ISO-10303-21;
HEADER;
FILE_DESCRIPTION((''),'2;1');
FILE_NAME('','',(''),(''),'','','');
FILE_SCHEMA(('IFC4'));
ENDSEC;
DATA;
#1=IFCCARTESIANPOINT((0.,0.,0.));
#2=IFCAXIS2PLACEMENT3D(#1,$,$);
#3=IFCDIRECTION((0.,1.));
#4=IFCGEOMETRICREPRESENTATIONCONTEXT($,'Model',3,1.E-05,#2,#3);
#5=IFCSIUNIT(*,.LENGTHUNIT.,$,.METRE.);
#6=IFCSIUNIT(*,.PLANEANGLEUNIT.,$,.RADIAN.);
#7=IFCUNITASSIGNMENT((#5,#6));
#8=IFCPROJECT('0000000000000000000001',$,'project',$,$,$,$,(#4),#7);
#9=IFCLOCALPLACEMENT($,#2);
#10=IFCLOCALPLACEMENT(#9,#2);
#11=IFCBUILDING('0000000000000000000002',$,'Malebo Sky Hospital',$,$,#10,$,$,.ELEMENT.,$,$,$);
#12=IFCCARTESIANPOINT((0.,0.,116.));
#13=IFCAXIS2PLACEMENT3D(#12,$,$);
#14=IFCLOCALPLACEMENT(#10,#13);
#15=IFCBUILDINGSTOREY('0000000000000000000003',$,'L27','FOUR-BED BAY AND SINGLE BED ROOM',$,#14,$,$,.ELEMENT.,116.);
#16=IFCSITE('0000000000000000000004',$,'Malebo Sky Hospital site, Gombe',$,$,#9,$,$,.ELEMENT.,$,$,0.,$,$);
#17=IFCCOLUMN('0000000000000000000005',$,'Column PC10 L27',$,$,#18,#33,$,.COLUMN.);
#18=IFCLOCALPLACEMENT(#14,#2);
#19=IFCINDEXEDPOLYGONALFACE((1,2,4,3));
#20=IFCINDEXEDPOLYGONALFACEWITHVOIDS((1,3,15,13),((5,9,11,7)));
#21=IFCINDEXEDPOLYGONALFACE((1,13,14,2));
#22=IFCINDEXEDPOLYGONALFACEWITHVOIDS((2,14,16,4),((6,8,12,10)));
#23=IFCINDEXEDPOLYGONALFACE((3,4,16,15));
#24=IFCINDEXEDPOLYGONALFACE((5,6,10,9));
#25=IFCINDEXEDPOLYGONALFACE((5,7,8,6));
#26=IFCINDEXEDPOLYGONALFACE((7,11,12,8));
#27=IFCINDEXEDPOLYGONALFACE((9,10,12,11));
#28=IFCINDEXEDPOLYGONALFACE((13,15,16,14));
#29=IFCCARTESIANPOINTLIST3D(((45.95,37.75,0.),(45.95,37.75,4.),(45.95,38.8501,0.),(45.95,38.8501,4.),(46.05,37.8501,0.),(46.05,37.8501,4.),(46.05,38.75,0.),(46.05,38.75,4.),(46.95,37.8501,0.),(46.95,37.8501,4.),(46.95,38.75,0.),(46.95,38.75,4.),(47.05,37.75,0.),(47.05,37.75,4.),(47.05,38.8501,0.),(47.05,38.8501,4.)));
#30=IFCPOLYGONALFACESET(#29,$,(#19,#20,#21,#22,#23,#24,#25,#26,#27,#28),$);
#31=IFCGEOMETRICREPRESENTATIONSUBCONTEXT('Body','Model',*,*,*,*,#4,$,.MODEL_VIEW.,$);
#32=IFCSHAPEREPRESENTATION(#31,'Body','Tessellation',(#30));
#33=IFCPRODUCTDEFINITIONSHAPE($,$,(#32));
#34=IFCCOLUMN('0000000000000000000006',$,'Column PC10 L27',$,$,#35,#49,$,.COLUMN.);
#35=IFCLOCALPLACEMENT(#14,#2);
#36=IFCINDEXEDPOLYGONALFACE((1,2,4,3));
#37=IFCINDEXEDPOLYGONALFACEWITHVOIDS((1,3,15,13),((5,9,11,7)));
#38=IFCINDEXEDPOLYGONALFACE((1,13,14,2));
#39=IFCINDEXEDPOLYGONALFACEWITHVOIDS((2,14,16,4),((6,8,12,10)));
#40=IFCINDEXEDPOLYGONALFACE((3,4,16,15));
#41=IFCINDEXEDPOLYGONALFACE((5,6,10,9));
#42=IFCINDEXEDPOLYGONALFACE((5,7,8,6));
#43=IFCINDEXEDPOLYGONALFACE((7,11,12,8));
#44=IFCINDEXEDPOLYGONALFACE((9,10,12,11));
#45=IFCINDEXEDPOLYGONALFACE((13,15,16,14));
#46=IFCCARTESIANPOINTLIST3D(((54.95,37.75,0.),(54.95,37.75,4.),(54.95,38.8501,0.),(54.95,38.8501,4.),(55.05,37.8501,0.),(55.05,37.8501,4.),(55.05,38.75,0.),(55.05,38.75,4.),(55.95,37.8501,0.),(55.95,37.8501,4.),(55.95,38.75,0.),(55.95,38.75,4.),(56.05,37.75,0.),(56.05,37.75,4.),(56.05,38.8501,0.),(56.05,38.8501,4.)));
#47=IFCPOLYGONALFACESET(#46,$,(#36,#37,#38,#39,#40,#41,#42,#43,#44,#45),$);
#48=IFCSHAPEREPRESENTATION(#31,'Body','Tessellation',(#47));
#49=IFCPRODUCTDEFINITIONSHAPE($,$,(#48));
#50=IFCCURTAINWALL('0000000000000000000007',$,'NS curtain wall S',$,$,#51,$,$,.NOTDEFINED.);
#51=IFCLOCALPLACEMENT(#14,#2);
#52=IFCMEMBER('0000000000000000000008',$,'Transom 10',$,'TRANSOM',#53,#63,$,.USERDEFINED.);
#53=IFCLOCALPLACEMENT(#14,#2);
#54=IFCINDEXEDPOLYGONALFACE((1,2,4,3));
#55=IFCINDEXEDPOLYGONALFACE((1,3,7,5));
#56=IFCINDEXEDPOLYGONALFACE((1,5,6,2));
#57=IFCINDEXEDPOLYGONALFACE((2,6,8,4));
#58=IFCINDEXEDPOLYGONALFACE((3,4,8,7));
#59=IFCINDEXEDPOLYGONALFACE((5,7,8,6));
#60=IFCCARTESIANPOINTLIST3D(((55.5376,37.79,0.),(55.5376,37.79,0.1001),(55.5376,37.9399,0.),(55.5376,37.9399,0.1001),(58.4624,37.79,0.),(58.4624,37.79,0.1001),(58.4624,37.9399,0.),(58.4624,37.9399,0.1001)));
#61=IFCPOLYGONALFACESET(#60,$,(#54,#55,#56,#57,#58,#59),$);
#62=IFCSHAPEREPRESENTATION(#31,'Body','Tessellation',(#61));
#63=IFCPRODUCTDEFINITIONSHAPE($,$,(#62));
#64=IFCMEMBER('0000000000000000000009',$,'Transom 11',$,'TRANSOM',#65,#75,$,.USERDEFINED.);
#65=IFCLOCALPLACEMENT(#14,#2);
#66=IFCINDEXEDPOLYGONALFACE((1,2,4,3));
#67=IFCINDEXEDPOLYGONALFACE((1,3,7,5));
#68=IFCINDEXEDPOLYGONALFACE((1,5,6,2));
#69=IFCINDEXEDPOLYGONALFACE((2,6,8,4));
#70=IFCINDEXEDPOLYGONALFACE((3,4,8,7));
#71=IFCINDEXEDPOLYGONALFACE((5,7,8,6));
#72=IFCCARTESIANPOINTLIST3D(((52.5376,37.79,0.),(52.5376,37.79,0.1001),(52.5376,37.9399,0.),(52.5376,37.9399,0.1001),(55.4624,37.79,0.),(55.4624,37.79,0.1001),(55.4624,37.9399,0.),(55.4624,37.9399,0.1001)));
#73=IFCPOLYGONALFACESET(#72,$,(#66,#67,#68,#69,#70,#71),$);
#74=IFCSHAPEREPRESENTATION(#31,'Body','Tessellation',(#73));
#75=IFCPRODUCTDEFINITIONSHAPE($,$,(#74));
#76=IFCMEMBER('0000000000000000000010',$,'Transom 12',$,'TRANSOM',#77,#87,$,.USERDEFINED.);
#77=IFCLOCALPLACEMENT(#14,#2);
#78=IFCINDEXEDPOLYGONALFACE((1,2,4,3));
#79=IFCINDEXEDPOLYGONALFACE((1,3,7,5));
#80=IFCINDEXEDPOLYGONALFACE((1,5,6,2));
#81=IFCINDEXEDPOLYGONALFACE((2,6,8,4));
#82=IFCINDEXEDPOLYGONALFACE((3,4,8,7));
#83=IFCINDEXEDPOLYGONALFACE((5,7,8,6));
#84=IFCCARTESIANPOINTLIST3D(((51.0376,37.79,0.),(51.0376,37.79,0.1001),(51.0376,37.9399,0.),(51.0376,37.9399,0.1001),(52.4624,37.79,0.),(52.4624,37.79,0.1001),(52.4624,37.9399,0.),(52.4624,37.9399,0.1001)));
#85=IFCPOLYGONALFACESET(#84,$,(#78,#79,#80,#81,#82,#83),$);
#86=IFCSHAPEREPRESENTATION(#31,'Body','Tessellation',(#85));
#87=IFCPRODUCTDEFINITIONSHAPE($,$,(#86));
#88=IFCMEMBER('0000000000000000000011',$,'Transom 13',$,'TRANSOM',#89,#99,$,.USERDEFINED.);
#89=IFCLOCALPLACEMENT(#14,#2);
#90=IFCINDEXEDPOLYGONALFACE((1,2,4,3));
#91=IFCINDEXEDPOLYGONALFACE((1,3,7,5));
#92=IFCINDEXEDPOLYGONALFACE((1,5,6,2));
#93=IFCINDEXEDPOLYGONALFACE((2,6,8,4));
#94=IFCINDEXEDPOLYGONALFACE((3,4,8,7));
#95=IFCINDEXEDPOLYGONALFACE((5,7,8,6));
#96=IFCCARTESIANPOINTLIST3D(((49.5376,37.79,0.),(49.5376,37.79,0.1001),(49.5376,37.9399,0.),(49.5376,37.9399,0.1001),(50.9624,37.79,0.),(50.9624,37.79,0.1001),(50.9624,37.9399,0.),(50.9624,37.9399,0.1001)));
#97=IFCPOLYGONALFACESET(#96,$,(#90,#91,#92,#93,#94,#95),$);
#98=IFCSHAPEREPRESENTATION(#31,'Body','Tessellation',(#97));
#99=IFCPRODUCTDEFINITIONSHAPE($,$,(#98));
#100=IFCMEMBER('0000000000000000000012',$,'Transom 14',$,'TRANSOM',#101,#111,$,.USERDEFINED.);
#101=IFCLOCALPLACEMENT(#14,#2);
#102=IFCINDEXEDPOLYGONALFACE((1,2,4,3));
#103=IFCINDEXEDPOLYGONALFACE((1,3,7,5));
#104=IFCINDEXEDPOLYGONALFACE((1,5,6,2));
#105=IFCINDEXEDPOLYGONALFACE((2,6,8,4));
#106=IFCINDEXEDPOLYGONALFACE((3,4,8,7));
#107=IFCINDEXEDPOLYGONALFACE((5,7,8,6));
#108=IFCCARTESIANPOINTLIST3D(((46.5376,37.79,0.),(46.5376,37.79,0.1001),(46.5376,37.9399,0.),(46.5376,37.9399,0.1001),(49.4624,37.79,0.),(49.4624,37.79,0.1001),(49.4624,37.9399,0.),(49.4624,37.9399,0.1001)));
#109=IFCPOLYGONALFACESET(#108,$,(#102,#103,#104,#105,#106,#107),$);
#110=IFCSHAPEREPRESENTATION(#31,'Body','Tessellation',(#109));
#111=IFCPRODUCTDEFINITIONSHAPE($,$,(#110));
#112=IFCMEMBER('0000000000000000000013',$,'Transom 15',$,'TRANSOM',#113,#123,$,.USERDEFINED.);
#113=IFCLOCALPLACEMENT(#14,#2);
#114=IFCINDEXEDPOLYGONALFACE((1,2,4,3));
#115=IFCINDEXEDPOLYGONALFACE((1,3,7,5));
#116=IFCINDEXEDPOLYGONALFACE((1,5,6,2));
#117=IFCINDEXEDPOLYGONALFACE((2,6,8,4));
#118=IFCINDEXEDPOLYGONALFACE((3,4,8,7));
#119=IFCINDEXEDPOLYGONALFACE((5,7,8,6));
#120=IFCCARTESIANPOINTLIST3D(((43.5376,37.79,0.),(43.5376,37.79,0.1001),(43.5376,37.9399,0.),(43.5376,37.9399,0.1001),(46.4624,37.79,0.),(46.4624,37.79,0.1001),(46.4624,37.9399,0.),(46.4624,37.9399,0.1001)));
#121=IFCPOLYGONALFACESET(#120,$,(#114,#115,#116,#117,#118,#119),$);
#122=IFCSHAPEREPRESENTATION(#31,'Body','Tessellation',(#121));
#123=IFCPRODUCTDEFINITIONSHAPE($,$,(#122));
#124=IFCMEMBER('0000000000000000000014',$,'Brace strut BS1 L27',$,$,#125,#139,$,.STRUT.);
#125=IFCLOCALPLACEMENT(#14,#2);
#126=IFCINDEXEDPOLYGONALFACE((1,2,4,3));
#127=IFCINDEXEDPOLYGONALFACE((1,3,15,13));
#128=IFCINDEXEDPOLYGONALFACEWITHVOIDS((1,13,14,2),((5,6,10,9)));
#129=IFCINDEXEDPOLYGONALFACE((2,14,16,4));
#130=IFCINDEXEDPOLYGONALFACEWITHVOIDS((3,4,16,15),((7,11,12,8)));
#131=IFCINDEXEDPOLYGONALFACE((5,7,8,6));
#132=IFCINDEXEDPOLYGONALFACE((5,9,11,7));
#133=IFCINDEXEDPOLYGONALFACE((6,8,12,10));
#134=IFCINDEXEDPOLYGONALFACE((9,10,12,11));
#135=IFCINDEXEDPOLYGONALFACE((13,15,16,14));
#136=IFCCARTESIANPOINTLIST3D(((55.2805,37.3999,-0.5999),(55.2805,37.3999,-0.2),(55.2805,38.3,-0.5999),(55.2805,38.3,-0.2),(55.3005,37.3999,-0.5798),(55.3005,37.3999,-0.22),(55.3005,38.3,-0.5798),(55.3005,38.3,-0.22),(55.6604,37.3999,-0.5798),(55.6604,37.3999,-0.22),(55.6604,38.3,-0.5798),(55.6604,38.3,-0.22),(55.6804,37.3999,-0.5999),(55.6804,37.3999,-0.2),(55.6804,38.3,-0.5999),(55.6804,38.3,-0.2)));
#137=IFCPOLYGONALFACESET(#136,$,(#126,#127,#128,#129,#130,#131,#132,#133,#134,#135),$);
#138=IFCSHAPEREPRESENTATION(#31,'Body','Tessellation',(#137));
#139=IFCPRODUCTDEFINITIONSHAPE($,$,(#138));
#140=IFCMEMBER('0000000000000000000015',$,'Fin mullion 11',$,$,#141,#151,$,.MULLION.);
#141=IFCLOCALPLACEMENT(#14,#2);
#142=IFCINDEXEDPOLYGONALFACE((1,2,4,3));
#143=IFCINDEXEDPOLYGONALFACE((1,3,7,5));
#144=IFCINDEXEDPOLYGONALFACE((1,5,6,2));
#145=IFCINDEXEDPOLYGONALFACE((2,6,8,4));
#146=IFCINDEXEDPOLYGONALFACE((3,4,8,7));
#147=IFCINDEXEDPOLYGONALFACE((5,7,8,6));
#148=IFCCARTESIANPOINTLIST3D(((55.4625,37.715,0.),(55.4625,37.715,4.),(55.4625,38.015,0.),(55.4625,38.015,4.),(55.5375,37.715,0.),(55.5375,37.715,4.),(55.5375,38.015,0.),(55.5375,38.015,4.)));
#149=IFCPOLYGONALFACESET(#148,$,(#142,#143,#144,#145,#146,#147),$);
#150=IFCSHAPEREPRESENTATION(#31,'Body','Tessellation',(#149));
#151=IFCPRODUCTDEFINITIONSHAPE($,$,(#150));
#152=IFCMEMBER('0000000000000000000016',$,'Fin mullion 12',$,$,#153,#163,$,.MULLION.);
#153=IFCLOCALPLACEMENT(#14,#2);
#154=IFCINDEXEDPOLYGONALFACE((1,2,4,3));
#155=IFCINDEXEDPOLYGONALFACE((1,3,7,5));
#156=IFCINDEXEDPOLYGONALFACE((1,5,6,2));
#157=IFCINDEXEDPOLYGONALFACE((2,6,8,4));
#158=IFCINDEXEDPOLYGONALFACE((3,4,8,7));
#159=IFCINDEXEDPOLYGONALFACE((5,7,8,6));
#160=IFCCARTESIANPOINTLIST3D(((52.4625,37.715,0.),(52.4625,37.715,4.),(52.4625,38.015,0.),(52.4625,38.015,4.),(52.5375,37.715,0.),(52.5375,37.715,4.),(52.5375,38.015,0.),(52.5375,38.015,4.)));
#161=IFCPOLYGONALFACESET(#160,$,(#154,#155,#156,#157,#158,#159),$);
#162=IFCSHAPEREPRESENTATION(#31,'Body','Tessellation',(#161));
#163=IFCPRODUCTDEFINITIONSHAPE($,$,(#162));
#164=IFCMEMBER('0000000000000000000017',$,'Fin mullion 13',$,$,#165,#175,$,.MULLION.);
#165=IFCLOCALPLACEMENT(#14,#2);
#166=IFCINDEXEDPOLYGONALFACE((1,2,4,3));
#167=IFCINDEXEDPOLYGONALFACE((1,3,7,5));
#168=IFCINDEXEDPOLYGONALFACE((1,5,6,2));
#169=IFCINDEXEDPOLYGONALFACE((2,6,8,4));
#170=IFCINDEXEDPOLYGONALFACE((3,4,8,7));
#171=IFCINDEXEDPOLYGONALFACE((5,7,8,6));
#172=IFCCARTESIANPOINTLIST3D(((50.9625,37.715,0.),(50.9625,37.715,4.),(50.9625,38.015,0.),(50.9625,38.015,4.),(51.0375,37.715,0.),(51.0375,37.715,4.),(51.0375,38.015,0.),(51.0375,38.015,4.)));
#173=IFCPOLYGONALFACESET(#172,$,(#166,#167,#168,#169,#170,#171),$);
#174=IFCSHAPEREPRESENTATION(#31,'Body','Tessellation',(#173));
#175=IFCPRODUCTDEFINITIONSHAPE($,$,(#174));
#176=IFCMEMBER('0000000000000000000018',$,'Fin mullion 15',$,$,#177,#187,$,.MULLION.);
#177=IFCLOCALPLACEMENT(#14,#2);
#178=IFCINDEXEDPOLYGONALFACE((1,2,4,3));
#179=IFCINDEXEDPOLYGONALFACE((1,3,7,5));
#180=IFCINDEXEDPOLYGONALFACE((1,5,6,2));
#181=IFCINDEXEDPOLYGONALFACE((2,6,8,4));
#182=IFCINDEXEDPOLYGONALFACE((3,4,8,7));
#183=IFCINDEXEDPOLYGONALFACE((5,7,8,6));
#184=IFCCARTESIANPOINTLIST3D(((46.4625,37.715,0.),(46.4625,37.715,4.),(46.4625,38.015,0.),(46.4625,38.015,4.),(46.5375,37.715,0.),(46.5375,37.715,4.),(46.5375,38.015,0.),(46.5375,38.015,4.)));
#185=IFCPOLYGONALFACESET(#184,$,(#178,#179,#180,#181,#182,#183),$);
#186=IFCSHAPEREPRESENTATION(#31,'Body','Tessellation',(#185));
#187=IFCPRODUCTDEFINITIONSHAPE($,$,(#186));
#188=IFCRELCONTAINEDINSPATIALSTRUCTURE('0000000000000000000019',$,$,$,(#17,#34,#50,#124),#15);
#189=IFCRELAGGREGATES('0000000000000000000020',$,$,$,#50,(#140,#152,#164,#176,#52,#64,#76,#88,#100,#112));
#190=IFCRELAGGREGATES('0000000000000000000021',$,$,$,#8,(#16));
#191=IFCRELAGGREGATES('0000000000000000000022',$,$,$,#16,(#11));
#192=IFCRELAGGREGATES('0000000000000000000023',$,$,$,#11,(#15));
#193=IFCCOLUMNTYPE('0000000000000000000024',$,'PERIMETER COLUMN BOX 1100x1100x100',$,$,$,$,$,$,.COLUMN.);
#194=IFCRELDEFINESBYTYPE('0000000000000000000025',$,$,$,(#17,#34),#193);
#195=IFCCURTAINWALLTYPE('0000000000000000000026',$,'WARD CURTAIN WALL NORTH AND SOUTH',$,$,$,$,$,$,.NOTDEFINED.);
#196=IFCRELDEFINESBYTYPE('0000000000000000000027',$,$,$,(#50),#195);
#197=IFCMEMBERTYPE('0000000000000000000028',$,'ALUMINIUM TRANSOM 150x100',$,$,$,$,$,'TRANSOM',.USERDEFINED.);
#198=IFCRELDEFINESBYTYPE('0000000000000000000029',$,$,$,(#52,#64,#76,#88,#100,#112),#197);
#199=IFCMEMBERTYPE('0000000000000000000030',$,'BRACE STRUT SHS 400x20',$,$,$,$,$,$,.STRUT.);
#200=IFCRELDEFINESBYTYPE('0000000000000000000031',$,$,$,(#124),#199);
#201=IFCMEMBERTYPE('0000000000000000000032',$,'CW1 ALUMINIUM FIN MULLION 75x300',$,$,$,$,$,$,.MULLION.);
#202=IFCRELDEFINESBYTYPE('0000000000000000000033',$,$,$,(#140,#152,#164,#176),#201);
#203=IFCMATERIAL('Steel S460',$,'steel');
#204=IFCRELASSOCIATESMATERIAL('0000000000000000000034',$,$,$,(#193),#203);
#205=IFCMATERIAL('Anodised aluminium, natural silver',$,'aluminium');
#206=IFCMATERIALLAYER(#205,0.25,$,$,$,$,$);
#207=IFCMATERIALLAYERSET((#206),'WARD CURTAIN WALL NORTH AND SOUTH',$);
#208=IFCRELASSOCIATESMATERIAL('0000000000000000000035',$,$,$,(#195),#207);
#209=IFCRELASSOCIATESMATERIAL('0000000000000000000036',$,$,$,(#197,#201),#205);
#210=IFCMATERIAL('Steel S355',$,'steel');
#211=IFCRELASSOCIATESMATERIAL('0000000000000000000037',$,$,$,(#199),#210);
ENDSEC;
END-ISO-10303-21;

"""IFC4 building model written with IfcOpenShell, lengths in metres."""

from ifc_helpers import new_model, si_unit, direction, frame, origin, origin_2d, place, context, subcontext, project, spatial, rectangle, hollow_rectangle, extrude, material, layer, layer_set, material_profile, profile_set, type_object, element, aggregate, save


model = new_model("IFC4")

# Units and contexts
model_context = context("Model", 3, precision=1e-05, world=origin(), true_north=direction((0.0, 1.0)))
body_context = subcontext(model_context, "Body", "Model", "MODEL_VIEW")
ifc_project = project(units=[si_unit("LENGTHUNIT", "METRE"), si_unit("PLANEANGLEUNIT", "RADIAN")], contexts=[model_context])

# Site, building, storey
site_placement = place(None, origin())
site = spatial("IfcSite", under=ifc_project, at=site_placement, Name="Malebo Sky Hospital site, Gombe", CompositionType="ELEMENT", RefElevation=0.0)
building_placement = place(site_placement, origin())
building = spatial("IfcBuilding", under=site, at=building_placement, Name="Malebo Sky Hospital", CompositionType="ELEMENT")
storey_placement = place(building_placement, frame((0.0, 0.0, 116.0)))
storey = spatial("IfcBuildingStorey", under=building, at=storey_placement, Name="L27", Description="FOUR-BED BAY AND SINGLE BED ROOM", CompositionType="ELEMENT", Elevation=116.0)

# Columns
ifc_material_1 = material(Name="Steel S460", Category="steel")
ifc_material_profile_1 = material_profile(ifc_material_1, hollow_rectangle(XDim=1.1001, YDim=1.1001, WallThickness=0.1001, at=origin_2d()), Name="BOX 1100x1100x100")
ifc_profile_set_1 = profile_set([ifc_material_profile_1], Name="Steel S460")
column_type = type_object("IfcColumnType", Name="PERIMETER COLUMN BOX 1100x1100x100", PredefinedType="COLUMN", material=ifc_profile_set_1)
for number, where, z_axis, x_axis, name in (
    (1, (46.5, 38.3, 0.0), (0.0, 0.0, 1.0), (1.0, 0.0, 0.0), "Column PC10 L27"),
    (2, (55.5, 38.3, 0.0), (0.0, 0.0, 1.0), (1.0, 0.0, 0.0), "Column PC10 L27"),
):
    element("IfcColumn", number, at=place(storey_placement, frame(where, z_axis=z_axis, x_axis=x_axis)), inside=storey, type_object=column_type, Name=name, PredefinedType="COLUMN", context=body_context, shape_type="SweptSolid", body=[
        extrude(hollow_rectangle(XDim=1.1001, YDim=1.1001, WallThickness=0.1001, at=origin_2d()), origin(), (0.0, 0.0, 1.0), 4.0),
    ])

# Curtain wall, members
ifc_material_2 = material(Name="Anodised aluminium, natural silver", Category="aluminium")
ifc_layer_1 = layer(ifc_material_2, 0.25)
ifc_layer_set_1 = layer_set([ifc_layer_1], Name="WARD CURTAIN WALL NORTH AND SOUTH")
curtain_wall_type = type_object("IfcCurtainWallType", Name="WARD CURTAIN WALL NORTH AND SOUTH", PredefinedType="NOTDEFINED", material=ifc_layer_set_1)
curtain_wall_placement = place(storey_placement, origin())
curtain_wall = element("IfcCurtainWall", 3, at=curtain_wall_placement, inside=storey, type_object=curtain_wall_type, Name="NS curtain wall S", PredefinedType="NOTDEFINED")
ifc_material_profile_2 = material_profile(ifc_material_2, rectangle(XDim=0.1499, YDim=0.1001, at=origin_2d()), Name="ALUMINIUM TRANSOM 150x100")
ifc_profile_set_2 = profile_set([ifc_material_profile_2], Name="Anodised aluminium, natural silver")
member_type_1 = type_object("IfcMemberType", Name="ALUMINIUM TRANSOM 150x100", ElementType="TRANSOM", PredefinedType="USERDEFINED", material=ifc_profile_set_2)
member_1_placement = place(storey_placement, frame((58.4624, 37.865, 0.05), z_axis=(-1.0, 0.0, 0.0), x_axis=(0.0, -1.0, 0.0)))
member_1 = element("IfcMember", 4, at=member_1_placement, type_object=member_type_1, Name="Transom 10", ObjectType="TRANSOM", PredefinedType="USERDEFINED", context=body_context, shape_type="SweptSolid", body=[
    extrude(rectangle(XDim=0.1499, YDim=0.1001, at=origin_2d()), origin(), (0.0, 0.0, 1.0), 2.9248),
])
member_2_placement = place(storey_placement, frame((55.4624, 37.865, 0.05), z_axis=(-1.0, 0.0, 0.0), x_axis=(0.0, -1.0, 0.0)))
member_2 = element("IfcMember", 5, at=member_2_placement, type_object=member_type_1, Name="Transom 11", ObjectType="TRANSOM", PredefinedType="USERDEFINED", context=body_context, shape_type="SweptSolid", body=[
    extrude(rectangle(XDim=0.1499, YDim=0.1001, at=origin_2d()), origin(), (0.0, 0.0, 1.0), 2.9248),
])
member_3_placement = place(storey_placement, frame((52.4624, 37.865, 0.05), z_axis=(-1.0, 0.0, 0.0), x_axis=(0.0, -1.0, 0.0)))
member_3 = element("IfcMember", 6, at=member_3_placement, type_object=member_type_1, Name="Transom 12", ObjectType="TRANSOM", PredefinedType="USERDEFINED", context=body_context, shape_type="SweptSolid", body=[
    extrude(rectangle(XDim=0.1499, YDim=0.1001, at=origin_2d()), origin(), (0.0, 0.0, 1.0), 1.4248),
])
member_4_placement = place(storey_placement, frame((50.9624, 37.865, 0.05), z_axis=(-1.0, 0.0, 0.0), x_axis=(0.0, -1.0, 0.0)))
member_4 = element("IfcMember", 7, at=member_4_placement, type_object=member_type_1, Name="Transom 13", ObjectType="TRANSOM", PredefinedType="USERDEFINED", context=body_context, shape_type="SweptSolid", body=[
    extrude(rectangle(XDim=0.1499, YDim=0.1001, at=origin_2d()), origin(), (0.0, 0.0, 1.0), 1.4248),
])
member_5_placement = place(storey_placement, frame((49.4624, 37.865, 0.05), z_axis=(-1.0, 0.0, 0.0), x_axis=(0.0, -1.0, 0.0)))
member_5 = element("IfcMember", 8, at=member_5_placement, type_object=member_type_1, Name="Transom 14", ObjectType="TRANSOM", PredefinedType="USERDEFINED", context=body_context, shape_type="SweptSolid", body=[
    extrude(rectangle(XDim=0.1499, YDim=0.1001, at=origin_2d()), origin(), (0.0, 0.0, 1.0), 2.9248),
])
member_6_placement = place(storey_placement, frame((46.4624, 37.865, 0.05), z_axis=(-1.0, 0.0, 0.0), x_axis=(0.0, -1.0, 0.0)))
member_6 = element("IfcMember", 9, at=member_6_placement, type_object=member_type_1, Name="Transom 15", ObjectType="TRANSOM", PredefinedType="USERDEFINED", context=body_context, shape_type="SweptSolid", body=[
    extrude(rectangle(XDim=0.1499, YDim=0.1001, at=origin_2d()), origin(), (0.0, 0.0, 1.0), 2.9248),
])

# Members
ifc_material_3 = material(Name="Steel S355", Category="steel")
ifc_material_profile_3 = material_profile(ifc_material_3, hollow_rectangle(XDim=0.3999, YDim=0.3999, WallThickness=0.02, at=origin_2d()), Name="SHS 400x20")
ifc_profile_set_3 = profile_set([ifc_material_profile_3], Name="Steel S355")
member_type_2 = type_object("IfcMemberType", Name="BRACE STRUT SHS 400x20", PredefinedType="STRUT", material=ifc_profile_set_3)
member_7_placement = place(storey_placement, frame((55.4805, 37.3999, -0.3999), z_axis=(0.0, 1.0, 0.0), x_axis=(-1.0, 0.0, 0.0)))
element("IfcMember", 10, at=member_7_placement, inside=storey, type_object=member_type_2, Name="Brace strut BS1 L27", PredefinedType="STRUT", context=body_context, shape_type="SweptSolid", body=[
    extrude(hollow_rectangle(XDim=0.3999, YDim=0.3999, WallThickness=0.02, at=origin_2d()), origin(), (0.0, 0.0, 1.0), 0.9001),
])
ifc_material_profile_4 = material_profile(ifc_material_2, rectangle(XDim=0.075, YDim=0.3, at=origin_2d()), Name="CW1 ALUMINIUM FIN MULLION 75x300")
ifc_profile_set_4 = profile_set([ifc_material_profile_4], Name="Anodised aluminium, natural silver")
member_type_3 = type_object("IfcMemberType", Name="CW1 ALUMINIUM FIN MULLION 75x300", PredefinedType="MULLION", material=ifc_profile_set_4)
member_8_placement = place(storey_placement, frame((55.5, 37.865, 0.0), z_axis=(0.0, 0.0, 1.0), x_axis=(-1.0, 0.0, 0.0)))
member_8 = element("IfcMember", 11, at=member_8_placement, type_object=member_type_3, Name="Fin mullion 11", PredefinedType="MULLION", context=body_context, shape_type="SweptSolid", body=[
    extrude(rectangle(XDim=0.075, YDim=0.3, at=origin_2d()), origin(), (0.0, 0.0, 1.0), 4.0),
])
member_9_placement = place(storey_placement, frame((52.5, 37.865, 0.0), z_axis=(0.0, 0.0, 1.0), x_axis=(-1.0, 0.0, 0.0)))
member_9 = element("IfcMember", 12, at=member_9_placement, type_object=member_type_3, Name="Fin mullion 12", PredefinedType="MULLION", context=body_context, shape_type="SweptSolid", body=[
    extrude(rectangle(XDim=0.075, YDim=0.3, at=origin_2d()), origin(), (0.0, 0.0, 1.0), 4.0),
])
member_10_placement = place(storey_placement, frame((51.0, 37.865, 0.0), z_axis=(0.0, 0.0, 1.0), x_axis=(-1.0, 0.0, 0.0)))
member_10 = element("IfcMember", 13, at=member_10_placement, type_object=member_type_3, Name="Fin mullion 13", PredefinedType="MULLION", context=body_context, shape_type="SweptSolid", body=[
    extrude(rectangle(XDim=0.075, YDim=0.3, at=origin_2d()), origin(), (0.0, 0.0, 1.0), 4.0),
])
member_11_placement = place(storey_placement, frame((46.5, 37.865, 0.0), z_axis=(0.0, 0.0, 1.0), x_axis=(-1.0, 0.0, 0.0)))
member_11 = element("IfcMember", 14, at=member_11_placement, type_object=member_type_3, Name="Fin mullion 15", PredefinedType="MULLION", context=body_context, shape_type="SweptSolid", body=[
    extrude(rectangle(XDim=0.075, YDim=0.3, at=origin_2d()), origin(), (0.0, 0.0, 1.0), 4.0),
])

aggregate(curtain_wall, [member_8, member_9, member_10, member_11, member_1, member_2, member_3, member_4, member_5, member_6])

save(model, "model.ifc")
